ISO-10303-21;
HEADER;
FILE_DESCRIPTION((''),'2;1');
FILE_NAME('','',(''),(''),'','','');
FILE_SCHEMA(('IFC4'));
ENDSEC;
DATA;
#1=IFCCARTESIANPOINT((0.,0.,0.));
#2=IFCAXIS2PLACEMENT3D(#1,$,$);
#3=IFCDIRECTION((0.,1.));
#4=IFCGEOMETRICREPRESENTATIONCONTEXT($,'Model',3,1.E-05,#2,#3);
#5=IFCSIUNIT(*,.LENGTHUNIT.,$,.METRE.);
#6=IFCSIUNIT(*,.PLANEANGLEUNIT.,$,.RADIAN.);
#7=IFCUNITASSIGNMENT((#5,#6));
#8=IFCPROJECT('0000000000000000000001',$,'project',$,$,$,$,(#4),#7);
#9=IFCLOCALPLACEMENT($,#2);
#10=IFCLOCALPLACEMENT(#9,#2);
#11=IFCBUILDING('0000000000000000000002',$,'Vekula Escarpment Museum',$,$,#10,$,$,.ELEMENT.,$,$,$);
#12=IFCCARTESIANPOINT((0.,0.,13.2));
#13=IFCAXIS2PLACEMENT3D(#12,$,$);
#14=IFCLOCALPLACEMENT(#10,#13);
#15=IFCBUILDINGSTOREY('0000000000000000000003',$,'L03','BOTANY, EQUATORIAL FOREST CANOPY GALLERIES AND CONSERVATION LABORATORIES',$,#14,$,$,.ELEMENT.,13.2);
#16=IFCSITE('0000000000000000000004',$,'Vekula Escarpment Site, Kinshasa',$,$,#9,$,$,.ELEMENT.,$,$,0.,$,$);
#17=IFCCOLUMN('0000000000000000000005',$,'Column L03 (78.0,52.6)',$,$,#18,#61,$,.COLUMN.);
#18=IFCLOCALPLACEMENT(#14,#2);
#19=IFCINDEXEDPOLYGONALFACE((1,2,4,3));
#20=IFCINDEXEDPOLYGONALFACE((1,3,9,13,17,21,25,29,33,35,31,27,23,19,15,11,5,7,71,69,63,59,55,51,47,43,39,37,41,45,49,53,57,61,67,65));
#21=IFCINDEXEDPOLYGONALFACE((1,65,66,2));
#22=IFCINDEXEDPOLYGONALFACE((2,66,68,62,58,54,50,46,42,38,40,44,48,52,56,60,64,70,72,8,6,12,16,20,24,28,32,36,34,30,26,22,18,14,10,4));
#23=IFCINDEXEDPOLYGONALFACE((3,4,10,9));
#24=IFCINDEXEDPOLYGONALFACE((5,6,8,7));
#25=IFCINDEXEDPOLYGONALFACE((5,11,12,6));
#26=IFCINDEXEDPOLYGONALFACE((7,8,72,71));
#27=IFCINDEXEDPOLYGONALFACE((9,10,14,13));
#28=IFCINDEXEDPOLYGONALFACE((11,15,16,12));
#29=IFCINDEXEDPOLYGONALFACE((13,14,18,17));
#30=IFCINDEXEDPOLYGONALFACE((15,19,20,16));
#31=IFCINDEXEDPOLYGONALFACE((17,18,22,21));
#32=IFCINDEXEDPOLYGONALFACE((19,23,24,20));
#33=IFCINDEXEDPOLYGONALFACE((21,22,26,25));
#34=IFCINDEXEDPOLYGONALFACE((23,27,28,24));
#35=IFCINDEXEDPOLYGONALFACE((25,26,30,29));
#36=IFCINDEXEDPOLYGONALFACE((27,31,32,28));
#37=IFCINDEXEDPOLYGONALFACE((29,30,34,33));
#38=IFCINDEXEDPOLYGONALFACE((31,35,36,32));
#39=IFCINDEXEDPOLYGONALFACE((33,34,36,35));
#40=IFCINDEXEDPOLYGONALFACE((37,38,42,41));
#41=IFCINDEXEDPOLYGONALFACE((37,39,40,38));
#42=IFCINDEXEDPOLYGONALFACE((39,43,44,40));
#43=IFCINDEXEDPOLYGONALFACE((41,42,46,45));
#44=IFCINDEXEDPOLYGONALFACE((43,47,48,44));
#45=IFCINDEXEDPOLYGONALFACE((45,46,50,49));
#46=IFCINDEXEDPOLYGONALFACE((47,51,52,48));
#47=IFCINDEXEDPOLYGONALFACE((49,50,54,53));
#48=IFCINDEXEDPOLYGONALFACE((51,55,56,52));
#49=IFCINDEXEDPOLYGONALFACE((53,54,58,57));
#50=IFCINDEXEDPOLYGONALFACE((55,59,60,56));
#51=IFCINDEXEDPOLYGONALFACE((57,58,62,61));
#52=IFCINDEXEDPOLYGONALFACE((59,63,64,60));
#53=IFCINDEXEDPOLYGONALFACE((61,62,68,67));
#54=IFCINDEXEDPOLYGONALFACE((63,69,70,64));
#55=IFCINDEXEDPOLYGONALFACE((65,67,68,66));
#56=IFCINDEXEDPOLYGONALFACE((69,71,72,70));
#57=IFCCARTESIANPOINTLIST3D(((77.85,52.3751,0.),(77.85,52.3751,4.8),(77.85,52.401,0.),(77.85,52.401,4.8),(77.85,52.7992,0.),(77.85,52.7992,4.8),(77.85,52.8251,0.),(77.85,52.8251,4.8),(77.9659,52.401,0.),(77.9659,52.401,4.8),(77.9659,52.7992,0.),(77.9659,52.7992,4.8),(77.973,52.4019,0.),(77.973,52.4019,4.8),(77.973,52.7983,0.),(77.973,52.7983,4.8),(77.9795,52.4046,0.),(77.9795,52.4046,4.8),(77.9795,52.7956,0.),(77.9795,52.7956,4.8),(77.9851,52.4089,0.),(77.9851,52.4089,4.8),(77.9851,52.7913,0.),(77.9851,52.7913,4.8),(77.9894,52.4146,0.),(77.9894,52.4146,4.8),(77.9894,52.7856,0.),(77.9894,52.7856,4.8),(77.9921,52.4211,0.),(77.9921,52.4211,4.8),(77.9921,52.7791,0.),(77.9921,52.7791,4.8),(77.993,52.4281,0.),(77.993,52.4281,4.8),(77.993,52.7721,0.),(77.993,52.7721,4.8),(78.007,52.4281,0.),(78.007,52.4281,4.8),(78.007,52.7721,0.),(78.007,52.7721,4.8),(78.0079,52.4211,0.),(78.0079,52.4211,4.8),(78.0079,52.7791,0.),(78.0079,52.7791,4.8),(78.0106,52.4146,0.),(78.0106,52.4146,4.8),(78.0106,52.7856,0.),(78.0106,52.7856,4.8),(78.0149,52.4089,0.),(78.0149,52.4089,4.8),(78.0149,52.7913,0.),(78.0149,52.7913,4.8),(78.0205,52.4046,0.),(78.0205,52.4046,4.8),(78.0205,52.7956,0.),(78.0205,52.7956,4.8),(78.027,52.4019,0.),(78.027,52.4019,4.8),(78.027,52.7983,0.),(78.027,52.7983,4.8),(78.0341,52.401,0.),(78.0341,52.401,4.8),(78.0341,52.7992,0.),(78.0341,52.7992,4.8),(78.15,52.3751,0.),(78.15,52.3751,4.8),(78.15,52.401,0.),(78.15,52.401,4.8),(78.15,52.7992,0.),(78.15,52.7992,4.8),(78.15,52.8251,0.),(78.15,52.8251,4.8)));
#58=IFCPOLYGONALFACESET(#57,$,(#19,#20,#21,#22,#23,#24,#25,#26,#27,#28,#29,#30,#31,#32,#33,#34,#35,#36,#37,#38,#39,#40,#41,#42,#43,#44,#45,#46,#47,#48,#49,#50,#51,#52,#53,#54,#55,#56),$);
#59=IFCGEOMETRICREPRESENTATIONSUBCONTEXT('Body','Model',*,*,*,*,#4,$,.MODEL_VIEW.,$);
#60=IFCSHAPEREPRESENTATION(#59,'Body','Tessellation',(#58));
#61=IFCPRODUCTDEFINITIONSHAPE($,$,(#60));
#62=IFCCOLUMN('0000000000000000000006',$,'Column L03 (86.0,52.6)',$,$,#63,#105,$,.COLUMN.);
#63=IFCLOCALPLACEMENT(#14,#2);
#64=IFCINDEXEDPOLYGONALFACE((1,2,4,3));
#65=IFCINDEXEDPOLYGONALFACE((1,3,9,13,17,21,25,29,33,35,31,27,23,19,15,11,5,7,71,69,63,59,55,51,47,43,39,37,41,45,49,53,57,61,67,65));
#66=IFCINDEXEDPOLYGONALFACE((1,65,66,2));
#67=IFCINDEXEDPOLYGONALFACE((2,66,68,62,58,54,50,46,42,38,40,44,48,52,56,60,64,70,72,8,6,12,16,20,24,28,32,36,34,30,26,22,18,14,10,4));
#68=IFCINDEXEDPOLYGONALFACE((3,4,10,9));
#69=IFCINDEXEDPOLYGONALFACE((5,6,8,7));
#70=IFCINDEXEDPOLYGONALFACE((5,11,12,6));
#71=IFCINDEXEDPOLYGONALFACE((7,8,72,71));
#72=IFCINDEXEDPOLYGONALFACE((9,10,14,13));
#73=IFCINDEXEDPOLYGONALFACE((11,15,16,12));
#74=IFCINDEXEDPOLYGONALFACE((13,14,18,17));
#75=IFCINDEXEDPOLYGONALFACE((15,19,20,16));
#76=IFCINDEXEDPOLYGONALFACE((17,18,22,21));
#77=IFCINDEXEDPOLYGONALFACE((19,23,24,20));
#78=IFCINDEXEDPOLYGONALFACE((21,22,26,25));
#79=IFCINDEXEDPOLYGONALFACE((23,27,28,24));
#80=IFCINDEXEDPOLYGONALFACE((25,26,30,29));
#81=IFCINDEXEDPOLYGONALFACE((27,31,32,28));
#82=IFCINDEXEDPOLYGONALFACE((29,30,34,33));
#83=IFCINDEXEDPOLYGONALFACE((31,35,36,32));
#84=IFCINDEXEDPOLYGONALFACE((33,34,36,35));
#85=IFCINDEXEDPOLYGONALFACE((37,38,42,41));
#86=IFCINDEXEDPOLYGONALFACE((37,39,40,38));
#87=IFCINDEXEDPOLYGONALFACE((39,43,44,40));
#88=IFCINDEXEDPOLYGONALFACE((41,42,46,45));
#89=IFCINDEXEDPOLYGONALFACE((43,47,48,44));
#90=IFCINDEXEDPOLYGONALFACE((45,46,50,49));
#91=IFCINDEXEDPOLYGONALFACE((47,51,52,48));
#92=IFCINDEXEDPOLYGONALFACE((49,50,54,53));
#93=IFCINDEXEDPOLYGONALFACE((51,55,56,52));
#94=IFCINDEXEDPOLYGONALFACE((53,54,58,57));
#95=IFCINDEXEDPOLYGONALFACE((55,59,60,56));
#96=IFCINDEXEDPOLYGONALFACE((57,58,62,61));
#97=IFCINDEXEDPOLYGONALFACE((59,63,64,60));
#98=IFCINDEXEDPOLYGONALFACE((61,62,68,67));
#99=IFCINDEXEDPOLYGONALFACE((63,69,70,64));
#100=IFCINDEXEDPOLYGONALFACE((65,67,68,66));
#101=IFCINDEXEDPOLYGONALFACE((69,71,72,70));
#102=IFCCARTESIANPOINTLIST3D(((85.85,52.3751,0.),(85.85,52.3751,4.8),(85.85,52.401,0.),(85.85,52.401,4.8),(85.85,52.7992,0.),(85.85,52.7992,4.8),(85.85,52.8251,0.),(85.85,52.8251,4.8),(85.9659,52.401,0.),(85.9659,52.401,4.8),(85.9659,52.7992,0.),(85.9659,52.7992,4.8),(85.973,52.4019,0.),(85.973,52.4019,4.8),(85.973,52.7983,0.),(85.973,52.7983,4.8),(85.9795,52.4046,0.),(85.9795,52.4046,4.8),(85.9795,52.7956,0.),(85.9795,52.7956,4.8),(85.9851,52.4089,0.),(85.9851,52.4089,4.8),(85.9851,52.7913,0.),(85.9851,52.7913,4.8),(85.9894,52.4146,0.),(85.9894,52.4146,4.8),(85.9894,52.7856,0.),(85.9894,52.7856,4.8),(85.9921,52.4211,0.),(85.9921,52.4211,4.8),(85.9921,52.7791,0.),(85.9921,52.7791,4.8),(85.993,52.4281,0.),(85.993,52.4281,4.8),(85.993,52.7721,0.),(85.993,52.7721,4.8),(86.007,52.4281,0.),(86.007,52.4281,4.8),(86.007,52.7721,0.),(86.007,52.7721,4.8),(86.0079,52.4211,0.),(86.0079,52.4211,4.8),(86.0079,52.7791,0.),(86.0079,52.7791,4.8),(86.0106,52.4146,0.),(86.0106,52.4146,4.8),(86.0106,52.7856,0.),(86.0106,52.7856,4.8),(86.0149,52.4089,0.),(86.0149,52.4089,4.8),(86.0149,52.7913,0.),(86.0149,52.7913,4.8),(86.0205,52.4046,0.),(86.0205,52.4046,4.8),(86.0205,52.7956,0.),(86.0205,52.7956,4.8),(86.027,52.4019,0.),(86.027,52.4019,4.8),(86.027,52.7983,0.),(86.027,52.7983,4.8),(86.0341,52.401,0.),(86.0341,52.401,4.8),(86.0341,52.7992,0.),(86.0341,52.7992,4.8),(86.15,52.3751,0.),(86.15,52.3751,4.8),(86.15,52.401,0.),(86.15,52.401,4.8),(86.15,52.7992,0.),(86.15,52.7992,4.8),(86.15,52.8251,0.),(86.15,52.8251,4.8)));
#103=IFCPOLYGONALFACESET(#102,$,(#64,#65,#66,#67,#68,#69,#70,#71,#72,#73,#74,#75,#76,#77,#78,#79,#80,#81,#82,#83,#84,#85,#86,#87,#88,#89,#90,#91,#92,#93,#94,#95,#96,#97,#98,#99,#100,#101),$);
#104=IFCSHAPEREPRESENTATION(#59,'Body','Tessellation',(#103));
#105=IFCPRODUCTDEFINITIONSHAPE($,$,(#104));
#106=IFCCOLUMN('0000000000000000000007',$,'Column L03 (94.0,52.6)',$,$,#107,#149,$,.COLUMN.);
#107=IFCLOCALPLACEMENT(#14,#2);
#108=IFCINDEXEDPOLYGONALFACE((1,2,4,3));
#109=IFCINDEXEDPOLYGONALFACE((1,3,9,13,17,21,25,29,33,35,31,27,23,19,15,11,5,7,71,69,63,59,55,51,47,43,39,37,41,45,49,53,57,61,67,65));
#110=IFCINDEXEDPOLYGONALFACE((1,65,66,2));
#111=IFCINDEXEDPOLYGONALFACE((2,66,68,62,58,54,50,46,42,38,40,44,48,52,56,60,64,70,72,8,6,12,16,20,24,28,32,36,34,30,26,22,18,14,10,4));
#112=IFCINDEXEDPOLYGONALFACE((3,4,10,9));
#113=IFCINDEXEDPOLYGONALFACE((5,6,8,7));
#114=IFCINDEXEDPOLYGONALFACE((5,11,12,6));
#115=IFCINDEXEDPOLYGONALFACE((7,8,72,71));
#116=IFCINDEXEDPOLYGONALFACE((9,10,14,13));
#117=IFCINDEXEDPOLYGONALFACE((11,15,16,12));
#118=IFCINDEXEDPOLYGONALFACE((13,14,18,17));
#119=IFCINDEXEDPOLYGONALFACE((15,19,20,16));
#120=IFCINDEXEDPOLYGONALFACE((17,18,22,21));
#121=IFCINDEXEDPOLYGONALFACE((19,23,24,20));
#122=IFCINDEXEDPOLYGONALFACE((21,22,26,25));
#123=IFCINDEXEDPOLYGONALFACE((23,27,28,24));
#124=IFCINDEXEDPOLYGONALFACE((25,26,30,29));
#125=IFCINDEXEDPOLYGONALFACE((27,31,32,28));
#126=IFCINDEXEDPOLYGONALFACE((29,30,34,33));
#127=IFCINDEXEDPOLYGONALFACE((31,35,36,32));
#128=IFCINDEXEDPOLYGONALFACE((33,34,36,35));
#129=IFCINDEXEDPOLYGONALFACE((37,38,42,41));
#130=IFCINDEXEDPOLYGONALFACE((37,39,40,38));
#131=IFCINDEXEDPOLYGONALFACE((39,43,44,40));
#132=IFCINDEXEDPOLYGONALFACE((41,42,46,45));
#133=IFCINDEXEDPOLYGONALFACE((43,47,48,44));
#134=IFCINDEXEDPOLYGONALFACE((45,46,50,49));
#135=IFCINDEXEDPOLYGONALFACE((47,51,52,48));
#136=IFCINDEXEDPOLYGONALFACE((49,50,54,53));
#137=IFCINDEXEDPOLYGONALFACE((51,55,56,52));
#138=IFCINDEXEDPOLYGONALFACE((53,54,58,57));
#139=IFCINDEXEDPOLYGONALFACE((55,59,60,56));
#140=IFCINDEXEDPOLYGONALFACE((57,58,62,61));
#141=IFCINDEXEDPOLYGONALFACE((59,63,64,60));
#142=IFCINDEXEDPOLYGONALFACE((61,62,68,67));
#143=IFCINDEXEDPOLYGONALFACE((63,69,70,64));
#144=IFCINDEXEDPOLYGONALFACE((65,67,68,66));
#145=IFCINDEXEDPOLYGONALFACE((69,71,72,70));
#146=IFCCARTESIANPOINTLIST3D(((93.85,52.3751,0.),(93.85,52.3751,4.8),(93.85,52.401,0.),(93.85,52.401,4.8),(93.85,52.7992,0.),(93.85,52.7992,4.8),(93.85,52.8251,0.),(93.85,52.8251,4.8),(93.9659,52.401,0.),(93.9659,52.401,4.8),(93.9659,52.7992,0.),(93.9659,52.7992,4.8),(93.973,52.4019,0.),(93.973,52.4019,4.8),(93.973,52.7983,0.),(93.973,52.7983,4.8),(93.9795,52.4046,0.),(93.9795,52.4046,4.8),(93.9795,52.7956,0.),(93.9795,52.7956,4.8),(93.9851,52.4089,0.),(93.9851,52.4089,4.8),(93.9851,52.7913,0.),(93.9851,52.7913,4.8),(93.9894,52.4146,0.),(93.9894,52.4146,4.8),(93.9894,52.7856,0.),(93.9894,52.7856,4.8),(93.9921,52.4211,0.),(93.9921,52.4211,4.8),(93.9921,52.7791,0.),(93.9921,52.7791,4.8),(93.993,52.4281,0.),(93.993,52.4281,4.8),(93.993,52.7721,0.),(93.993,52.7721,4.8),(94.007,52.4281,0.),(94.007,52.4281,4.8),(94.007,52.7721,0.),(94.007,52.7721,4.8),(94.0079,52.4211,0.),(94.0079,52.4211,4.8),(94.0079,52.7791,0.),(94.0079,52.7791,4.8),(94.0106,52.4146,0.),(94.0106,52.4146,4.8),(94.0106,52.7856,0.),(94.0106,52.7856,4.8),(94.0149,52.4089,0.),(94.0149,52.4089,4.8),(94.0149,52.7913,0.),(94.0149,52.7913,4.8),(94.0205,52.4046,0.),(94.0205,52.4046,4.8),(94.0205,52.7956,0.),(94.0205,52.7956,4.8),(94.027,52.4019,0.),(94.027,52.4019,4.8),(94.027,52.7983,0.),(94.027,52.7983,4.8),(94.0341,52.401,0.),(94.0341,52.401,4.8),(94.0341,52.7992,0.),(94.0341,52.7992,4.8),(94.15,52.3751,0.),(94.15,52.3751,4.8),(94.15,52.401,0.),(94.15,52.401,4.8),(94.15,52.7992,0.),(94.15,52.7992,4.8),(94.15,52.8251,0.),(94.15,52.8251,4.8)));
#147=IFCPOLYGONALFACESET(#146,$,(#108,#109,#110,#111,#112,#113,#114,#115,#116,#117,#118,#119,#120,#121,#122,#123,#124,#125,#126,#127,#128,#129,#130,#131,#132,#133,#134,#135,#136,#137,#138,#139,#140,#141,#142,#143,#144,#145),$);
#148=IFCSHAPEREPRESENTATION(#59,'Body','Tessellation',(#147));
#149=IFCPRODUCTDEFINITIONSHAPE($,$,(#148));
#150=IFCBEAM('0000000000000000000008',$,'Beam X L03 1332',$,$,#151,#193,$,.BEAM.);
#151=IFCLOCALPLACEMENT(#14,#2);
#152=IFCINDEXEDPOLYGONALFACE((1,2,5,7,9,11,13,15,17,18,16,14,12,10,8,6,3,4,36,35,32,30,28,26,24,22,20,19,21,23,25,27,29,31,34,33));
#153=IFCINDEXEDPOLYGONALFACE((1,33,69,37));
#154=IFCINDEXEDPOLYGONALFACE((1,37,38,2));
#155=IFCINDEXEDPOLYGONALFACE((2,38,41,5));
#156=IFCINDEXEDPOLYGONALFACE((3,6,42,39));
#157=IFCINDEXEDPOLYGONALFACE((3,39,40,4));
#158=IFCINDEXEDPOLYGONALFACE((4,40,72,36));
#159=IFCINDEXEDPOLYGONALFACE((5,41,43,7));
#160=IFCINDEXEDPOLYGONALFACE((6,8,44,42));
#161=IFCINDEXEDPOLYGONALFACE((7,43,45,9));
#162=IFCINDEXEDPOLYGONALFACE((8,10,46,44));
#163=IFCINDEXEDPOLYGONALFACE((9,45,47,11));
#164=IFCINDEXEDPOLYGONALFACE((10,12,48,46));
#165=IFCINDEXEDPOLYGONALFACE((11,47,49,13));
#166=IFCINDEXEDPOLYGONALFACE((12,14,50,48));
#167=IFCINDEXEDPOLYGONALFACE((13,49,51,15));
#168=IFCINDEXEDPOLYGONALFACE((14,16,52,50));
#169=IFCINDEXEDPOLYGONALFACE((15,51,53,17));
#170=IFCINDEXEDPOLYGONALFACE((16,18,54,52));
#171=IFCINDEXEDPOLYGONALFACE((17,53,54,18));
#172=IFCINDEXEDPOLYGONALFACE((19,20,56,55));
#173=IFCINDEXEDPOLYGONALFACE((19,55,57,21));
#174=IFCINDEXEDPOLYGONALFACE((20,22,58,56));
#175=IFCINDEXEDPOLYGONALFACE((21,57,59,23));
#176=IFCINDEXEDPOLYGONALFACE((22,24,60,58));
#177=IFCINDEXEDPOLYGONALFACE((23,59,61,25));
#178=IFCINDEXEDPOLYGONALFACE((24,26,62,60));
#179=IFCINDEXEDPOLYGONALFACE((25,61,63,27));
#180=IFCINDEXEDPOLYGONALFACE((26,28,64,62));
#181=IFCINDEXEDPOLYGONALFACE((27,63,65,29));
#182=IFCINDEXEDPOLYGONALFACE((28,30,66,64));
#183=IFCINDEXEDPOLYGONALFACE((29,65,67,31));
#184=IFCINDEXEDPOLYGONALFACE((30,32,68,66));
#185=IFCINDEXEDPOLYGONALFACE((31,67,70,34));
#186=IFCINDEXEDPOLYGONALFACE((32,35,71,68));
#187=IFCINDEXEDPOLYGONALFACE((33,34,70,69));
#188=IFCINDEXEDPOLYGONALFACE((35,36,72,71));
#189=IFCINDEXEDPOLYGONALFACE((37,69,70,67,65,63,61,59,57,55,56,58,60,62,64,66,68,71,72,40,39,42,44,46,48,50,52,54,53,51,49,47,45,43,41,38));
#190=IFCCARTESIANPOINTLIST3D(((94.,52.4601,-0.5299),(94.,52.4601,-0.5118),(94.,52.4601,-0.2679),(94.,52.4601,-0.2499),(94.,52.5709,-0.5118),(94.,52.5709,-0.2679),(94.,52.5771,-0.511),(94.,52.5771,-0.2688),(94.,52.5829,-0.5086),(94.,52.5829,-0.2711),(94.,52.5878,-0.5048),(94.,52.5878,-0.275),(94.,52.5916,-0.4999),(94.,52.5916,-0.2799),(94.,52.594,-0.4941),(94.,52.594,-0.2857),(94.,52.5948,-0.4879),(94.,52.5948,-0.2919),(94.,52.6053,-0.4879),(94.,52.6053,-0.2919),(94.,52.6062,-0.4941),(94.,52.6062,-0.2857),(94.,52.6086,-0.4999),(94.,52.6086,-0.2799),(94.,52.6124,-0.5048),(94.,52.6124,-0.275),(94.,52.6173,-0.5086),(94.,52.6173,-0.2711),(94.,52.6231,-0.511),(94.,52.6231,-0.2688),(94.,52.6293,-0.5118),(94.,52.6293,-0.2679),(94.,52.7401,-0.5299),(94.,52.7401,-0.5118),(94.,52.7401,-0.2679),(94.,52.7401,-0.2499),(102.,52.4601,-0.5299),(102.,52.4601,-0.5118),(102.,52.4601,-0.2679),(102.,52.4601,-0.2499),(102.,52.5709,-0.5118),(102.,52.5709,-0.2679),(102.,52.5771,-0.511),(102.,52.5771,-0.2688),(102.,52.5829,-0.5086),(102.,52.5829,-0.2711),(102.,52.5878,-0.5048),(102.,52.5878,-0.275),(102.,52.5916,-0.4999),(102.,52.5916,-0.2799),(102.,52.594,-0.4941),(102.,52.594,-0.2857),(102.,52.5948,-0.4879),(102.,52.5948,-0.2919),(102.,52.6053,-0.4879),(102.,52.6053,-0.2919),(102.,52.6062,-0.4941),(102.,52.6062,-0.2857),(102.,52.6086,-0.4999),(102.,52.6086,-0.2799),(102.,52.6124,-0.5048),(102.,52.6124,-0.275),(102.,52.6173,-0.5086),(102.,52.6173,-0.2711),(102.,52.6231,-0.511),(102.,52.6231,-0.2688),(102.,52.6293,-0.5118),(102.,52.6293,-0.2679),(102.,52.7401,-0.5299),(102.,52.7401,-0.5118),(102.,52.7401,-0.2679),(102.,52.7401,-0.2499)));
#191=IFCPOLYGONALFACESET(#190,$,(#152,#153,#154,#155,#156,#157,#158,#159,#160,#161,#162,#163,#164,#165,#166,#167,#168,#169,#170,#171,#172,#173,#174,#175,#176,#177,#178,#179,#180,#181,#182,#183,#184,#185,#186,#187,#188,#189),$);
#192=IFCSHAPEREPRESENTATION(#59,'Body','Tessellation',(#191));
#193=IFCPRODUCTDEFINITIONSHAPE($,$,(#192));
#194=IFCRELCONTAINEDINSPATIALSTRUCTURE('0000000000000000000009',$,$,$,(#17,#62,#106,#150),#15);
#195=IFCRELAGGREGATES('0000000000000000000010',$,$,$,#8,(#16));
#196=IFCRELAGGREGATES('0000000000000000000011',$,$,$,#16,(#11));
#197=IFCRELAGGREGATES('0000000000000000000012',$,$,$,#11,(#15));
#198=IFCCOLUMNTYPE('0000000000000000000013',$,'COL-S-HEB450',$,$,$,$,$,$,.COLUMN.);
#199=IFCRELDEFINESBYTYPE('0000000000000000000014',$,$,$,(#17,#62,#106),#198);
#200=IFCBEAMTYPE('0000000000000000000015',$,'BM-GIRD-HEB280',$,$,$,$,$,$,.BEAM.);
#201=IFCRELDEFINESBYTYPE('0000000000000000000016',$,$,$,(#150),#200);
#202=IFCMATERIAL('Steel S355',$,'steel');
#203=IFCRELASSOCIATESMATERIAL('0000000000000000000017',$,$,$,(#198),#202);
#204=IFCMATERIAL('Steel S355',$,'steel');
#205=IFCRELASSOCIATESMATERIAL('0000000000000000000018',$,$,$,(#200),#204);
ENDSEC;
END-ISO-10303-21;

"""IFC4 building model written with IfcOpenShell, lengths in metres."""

from ifc_helpers import new_model, si_unit, direction, frame, origin, origin_2d, place, context, subcontext, project, spatial, i_section, extrude, material, material_profile, profile_set, type_object, element, save


model = new_model("IFC4")

# Units and contexts
model_context = context("Model", 3, precision=1e-05, world=origin(), true_north=direction((0.0, 1.0)))
body_context = subcontext(model_context, "Body", "Model", "MODEL_VIEW")
ifc_project = project(units=[si_unit("LENGTHUNIT", "METRE"), si_unit("PLANEANGLEUNIT", "RADIAN")], contexts=[model_context])

# Site, building, storey
site_placement = place(None, origin())
site = spatial("IfcSite", under=ifc_project, at=site_placement, Name="Vekula Escarpment Site, Kinshasa", CompositionType="ELEMENT", RefElevation=0.0)
building_placement = place(site_placement, origin())
building = spatial("IfcBuilding", under=site, at=building_placement, Name="Vekula Escarpment Museum", CompositionType="ELEMENT")
storey_placement = place(building_placement, frame((0.0, 0.0, 13.2)))
storey = spatial("IfcBuildingStorey", under=building, at=storey_placement, Name="L03", Description="BOTANY, EQUATORIAL FOREST CANOPY GALLERIES AND CONSERVATION LABORATORIES", CompositionType="ELEMENT", Elevation=13.2)

# Columns
ifc_material_1 = material(Name="Steel S355", Category="steel")
ifc_material_profile_1 = material_profile(ifc_material_1, i_section(OverallWidth=0.3, OverallDepth=0.45, WebThickness=0.0139, FlangeThickness=0.0259, FilletRadius=0.0271, at=origin_2d()), Name="HEB 450")
ifc_profile_set_1 = profile_set([ifc_material_profile_1], Name="Steel S355")
column_type = type_object("IfcColumnType", Name="COL-S-HEB450", PredefinedType="COLUMN", material=ifc_profile_set_1)
for number, where, z_axis, x_axis, name in (
    (1, (78.0, 52.6001, 0.0), (0.0, 0.0, 1.0), (1.0, 0.0, 0.0), "Column L03 (78.0,52.6)"),
    (2, (86.0, 52.6001, 0.0), (0.0, 0.0, 1.0), (1.0, 0.0, 0.0), "Column L03 (86.0,52.6)"),
    (3, (94.0, 52.6001, 0.0), (0.0, 0.0, 1.0), (1.0, 0.0, 0.0), "Column L03 (94.0,52.6)"),
):
    element("IfcColumn", number, at=place(storey_placement, frame(where, z_axis=z_axis, x_axis=x_axis)), inside=storey, type_object=column_type, Name=name, PredefinedType="COLUMN", context=body_context, shape_type="SweptSolid", body=[
        extrude(i_section(OverallWidth=0.3, OverallDepth=0.45, WebThickness=0.0139, FlangeThickness=0.0259, FilletRadius=0.0271, at=origin_2d()), origin(), (0.0, 0.0, 1.0), 4.8),
    ])

# Beam
ifc_material_2 = material(Name="Steel S355", Category="steel")
ifc_material_profile_2 = material_profile(ifc_material_2, i_section(OverallWidth=0.28, OverallDepth=0.28, WebThickness=0.0105, FlangeThickness=0.0181, FilletRadius=0.0239, at=origin_2d()), Name="HEB 280")
ifc_profile_set_2 = profile_set([ifc_material_profile_2], Name="Steel S355")
beam_type_1 = type_object("IfcBeamType", Name="BM-GIRD-HEB280", PredefinedType="BEAM", material=ifc_profile_set_2)
beam_1_placement = place(storey_placement, frame((94.0, 52.6001, -0.3899), z_axis=(1.0, 0.0, 0.0), x_axis=(0.0, 1.0, 0.0)))
element("IfcBeam", 4, at=beam_1_placement, inside=storey, type_object=beam_type_1, Name="Beam X L03 1332", PredefinedType="BEAM", context=body_context, shape_type="SweptSolid", body=[
    extrude(i_section(OverallWidth=0.28, OverallDepth=0.28, WebThickness=0.0105, FlangeThickness=0.0181, FilletRadius=0.0239, at=origin_2d()), origin(), (0.0, 0.0, 1.0), 8.0),
])

save(model, "model.ifc")
